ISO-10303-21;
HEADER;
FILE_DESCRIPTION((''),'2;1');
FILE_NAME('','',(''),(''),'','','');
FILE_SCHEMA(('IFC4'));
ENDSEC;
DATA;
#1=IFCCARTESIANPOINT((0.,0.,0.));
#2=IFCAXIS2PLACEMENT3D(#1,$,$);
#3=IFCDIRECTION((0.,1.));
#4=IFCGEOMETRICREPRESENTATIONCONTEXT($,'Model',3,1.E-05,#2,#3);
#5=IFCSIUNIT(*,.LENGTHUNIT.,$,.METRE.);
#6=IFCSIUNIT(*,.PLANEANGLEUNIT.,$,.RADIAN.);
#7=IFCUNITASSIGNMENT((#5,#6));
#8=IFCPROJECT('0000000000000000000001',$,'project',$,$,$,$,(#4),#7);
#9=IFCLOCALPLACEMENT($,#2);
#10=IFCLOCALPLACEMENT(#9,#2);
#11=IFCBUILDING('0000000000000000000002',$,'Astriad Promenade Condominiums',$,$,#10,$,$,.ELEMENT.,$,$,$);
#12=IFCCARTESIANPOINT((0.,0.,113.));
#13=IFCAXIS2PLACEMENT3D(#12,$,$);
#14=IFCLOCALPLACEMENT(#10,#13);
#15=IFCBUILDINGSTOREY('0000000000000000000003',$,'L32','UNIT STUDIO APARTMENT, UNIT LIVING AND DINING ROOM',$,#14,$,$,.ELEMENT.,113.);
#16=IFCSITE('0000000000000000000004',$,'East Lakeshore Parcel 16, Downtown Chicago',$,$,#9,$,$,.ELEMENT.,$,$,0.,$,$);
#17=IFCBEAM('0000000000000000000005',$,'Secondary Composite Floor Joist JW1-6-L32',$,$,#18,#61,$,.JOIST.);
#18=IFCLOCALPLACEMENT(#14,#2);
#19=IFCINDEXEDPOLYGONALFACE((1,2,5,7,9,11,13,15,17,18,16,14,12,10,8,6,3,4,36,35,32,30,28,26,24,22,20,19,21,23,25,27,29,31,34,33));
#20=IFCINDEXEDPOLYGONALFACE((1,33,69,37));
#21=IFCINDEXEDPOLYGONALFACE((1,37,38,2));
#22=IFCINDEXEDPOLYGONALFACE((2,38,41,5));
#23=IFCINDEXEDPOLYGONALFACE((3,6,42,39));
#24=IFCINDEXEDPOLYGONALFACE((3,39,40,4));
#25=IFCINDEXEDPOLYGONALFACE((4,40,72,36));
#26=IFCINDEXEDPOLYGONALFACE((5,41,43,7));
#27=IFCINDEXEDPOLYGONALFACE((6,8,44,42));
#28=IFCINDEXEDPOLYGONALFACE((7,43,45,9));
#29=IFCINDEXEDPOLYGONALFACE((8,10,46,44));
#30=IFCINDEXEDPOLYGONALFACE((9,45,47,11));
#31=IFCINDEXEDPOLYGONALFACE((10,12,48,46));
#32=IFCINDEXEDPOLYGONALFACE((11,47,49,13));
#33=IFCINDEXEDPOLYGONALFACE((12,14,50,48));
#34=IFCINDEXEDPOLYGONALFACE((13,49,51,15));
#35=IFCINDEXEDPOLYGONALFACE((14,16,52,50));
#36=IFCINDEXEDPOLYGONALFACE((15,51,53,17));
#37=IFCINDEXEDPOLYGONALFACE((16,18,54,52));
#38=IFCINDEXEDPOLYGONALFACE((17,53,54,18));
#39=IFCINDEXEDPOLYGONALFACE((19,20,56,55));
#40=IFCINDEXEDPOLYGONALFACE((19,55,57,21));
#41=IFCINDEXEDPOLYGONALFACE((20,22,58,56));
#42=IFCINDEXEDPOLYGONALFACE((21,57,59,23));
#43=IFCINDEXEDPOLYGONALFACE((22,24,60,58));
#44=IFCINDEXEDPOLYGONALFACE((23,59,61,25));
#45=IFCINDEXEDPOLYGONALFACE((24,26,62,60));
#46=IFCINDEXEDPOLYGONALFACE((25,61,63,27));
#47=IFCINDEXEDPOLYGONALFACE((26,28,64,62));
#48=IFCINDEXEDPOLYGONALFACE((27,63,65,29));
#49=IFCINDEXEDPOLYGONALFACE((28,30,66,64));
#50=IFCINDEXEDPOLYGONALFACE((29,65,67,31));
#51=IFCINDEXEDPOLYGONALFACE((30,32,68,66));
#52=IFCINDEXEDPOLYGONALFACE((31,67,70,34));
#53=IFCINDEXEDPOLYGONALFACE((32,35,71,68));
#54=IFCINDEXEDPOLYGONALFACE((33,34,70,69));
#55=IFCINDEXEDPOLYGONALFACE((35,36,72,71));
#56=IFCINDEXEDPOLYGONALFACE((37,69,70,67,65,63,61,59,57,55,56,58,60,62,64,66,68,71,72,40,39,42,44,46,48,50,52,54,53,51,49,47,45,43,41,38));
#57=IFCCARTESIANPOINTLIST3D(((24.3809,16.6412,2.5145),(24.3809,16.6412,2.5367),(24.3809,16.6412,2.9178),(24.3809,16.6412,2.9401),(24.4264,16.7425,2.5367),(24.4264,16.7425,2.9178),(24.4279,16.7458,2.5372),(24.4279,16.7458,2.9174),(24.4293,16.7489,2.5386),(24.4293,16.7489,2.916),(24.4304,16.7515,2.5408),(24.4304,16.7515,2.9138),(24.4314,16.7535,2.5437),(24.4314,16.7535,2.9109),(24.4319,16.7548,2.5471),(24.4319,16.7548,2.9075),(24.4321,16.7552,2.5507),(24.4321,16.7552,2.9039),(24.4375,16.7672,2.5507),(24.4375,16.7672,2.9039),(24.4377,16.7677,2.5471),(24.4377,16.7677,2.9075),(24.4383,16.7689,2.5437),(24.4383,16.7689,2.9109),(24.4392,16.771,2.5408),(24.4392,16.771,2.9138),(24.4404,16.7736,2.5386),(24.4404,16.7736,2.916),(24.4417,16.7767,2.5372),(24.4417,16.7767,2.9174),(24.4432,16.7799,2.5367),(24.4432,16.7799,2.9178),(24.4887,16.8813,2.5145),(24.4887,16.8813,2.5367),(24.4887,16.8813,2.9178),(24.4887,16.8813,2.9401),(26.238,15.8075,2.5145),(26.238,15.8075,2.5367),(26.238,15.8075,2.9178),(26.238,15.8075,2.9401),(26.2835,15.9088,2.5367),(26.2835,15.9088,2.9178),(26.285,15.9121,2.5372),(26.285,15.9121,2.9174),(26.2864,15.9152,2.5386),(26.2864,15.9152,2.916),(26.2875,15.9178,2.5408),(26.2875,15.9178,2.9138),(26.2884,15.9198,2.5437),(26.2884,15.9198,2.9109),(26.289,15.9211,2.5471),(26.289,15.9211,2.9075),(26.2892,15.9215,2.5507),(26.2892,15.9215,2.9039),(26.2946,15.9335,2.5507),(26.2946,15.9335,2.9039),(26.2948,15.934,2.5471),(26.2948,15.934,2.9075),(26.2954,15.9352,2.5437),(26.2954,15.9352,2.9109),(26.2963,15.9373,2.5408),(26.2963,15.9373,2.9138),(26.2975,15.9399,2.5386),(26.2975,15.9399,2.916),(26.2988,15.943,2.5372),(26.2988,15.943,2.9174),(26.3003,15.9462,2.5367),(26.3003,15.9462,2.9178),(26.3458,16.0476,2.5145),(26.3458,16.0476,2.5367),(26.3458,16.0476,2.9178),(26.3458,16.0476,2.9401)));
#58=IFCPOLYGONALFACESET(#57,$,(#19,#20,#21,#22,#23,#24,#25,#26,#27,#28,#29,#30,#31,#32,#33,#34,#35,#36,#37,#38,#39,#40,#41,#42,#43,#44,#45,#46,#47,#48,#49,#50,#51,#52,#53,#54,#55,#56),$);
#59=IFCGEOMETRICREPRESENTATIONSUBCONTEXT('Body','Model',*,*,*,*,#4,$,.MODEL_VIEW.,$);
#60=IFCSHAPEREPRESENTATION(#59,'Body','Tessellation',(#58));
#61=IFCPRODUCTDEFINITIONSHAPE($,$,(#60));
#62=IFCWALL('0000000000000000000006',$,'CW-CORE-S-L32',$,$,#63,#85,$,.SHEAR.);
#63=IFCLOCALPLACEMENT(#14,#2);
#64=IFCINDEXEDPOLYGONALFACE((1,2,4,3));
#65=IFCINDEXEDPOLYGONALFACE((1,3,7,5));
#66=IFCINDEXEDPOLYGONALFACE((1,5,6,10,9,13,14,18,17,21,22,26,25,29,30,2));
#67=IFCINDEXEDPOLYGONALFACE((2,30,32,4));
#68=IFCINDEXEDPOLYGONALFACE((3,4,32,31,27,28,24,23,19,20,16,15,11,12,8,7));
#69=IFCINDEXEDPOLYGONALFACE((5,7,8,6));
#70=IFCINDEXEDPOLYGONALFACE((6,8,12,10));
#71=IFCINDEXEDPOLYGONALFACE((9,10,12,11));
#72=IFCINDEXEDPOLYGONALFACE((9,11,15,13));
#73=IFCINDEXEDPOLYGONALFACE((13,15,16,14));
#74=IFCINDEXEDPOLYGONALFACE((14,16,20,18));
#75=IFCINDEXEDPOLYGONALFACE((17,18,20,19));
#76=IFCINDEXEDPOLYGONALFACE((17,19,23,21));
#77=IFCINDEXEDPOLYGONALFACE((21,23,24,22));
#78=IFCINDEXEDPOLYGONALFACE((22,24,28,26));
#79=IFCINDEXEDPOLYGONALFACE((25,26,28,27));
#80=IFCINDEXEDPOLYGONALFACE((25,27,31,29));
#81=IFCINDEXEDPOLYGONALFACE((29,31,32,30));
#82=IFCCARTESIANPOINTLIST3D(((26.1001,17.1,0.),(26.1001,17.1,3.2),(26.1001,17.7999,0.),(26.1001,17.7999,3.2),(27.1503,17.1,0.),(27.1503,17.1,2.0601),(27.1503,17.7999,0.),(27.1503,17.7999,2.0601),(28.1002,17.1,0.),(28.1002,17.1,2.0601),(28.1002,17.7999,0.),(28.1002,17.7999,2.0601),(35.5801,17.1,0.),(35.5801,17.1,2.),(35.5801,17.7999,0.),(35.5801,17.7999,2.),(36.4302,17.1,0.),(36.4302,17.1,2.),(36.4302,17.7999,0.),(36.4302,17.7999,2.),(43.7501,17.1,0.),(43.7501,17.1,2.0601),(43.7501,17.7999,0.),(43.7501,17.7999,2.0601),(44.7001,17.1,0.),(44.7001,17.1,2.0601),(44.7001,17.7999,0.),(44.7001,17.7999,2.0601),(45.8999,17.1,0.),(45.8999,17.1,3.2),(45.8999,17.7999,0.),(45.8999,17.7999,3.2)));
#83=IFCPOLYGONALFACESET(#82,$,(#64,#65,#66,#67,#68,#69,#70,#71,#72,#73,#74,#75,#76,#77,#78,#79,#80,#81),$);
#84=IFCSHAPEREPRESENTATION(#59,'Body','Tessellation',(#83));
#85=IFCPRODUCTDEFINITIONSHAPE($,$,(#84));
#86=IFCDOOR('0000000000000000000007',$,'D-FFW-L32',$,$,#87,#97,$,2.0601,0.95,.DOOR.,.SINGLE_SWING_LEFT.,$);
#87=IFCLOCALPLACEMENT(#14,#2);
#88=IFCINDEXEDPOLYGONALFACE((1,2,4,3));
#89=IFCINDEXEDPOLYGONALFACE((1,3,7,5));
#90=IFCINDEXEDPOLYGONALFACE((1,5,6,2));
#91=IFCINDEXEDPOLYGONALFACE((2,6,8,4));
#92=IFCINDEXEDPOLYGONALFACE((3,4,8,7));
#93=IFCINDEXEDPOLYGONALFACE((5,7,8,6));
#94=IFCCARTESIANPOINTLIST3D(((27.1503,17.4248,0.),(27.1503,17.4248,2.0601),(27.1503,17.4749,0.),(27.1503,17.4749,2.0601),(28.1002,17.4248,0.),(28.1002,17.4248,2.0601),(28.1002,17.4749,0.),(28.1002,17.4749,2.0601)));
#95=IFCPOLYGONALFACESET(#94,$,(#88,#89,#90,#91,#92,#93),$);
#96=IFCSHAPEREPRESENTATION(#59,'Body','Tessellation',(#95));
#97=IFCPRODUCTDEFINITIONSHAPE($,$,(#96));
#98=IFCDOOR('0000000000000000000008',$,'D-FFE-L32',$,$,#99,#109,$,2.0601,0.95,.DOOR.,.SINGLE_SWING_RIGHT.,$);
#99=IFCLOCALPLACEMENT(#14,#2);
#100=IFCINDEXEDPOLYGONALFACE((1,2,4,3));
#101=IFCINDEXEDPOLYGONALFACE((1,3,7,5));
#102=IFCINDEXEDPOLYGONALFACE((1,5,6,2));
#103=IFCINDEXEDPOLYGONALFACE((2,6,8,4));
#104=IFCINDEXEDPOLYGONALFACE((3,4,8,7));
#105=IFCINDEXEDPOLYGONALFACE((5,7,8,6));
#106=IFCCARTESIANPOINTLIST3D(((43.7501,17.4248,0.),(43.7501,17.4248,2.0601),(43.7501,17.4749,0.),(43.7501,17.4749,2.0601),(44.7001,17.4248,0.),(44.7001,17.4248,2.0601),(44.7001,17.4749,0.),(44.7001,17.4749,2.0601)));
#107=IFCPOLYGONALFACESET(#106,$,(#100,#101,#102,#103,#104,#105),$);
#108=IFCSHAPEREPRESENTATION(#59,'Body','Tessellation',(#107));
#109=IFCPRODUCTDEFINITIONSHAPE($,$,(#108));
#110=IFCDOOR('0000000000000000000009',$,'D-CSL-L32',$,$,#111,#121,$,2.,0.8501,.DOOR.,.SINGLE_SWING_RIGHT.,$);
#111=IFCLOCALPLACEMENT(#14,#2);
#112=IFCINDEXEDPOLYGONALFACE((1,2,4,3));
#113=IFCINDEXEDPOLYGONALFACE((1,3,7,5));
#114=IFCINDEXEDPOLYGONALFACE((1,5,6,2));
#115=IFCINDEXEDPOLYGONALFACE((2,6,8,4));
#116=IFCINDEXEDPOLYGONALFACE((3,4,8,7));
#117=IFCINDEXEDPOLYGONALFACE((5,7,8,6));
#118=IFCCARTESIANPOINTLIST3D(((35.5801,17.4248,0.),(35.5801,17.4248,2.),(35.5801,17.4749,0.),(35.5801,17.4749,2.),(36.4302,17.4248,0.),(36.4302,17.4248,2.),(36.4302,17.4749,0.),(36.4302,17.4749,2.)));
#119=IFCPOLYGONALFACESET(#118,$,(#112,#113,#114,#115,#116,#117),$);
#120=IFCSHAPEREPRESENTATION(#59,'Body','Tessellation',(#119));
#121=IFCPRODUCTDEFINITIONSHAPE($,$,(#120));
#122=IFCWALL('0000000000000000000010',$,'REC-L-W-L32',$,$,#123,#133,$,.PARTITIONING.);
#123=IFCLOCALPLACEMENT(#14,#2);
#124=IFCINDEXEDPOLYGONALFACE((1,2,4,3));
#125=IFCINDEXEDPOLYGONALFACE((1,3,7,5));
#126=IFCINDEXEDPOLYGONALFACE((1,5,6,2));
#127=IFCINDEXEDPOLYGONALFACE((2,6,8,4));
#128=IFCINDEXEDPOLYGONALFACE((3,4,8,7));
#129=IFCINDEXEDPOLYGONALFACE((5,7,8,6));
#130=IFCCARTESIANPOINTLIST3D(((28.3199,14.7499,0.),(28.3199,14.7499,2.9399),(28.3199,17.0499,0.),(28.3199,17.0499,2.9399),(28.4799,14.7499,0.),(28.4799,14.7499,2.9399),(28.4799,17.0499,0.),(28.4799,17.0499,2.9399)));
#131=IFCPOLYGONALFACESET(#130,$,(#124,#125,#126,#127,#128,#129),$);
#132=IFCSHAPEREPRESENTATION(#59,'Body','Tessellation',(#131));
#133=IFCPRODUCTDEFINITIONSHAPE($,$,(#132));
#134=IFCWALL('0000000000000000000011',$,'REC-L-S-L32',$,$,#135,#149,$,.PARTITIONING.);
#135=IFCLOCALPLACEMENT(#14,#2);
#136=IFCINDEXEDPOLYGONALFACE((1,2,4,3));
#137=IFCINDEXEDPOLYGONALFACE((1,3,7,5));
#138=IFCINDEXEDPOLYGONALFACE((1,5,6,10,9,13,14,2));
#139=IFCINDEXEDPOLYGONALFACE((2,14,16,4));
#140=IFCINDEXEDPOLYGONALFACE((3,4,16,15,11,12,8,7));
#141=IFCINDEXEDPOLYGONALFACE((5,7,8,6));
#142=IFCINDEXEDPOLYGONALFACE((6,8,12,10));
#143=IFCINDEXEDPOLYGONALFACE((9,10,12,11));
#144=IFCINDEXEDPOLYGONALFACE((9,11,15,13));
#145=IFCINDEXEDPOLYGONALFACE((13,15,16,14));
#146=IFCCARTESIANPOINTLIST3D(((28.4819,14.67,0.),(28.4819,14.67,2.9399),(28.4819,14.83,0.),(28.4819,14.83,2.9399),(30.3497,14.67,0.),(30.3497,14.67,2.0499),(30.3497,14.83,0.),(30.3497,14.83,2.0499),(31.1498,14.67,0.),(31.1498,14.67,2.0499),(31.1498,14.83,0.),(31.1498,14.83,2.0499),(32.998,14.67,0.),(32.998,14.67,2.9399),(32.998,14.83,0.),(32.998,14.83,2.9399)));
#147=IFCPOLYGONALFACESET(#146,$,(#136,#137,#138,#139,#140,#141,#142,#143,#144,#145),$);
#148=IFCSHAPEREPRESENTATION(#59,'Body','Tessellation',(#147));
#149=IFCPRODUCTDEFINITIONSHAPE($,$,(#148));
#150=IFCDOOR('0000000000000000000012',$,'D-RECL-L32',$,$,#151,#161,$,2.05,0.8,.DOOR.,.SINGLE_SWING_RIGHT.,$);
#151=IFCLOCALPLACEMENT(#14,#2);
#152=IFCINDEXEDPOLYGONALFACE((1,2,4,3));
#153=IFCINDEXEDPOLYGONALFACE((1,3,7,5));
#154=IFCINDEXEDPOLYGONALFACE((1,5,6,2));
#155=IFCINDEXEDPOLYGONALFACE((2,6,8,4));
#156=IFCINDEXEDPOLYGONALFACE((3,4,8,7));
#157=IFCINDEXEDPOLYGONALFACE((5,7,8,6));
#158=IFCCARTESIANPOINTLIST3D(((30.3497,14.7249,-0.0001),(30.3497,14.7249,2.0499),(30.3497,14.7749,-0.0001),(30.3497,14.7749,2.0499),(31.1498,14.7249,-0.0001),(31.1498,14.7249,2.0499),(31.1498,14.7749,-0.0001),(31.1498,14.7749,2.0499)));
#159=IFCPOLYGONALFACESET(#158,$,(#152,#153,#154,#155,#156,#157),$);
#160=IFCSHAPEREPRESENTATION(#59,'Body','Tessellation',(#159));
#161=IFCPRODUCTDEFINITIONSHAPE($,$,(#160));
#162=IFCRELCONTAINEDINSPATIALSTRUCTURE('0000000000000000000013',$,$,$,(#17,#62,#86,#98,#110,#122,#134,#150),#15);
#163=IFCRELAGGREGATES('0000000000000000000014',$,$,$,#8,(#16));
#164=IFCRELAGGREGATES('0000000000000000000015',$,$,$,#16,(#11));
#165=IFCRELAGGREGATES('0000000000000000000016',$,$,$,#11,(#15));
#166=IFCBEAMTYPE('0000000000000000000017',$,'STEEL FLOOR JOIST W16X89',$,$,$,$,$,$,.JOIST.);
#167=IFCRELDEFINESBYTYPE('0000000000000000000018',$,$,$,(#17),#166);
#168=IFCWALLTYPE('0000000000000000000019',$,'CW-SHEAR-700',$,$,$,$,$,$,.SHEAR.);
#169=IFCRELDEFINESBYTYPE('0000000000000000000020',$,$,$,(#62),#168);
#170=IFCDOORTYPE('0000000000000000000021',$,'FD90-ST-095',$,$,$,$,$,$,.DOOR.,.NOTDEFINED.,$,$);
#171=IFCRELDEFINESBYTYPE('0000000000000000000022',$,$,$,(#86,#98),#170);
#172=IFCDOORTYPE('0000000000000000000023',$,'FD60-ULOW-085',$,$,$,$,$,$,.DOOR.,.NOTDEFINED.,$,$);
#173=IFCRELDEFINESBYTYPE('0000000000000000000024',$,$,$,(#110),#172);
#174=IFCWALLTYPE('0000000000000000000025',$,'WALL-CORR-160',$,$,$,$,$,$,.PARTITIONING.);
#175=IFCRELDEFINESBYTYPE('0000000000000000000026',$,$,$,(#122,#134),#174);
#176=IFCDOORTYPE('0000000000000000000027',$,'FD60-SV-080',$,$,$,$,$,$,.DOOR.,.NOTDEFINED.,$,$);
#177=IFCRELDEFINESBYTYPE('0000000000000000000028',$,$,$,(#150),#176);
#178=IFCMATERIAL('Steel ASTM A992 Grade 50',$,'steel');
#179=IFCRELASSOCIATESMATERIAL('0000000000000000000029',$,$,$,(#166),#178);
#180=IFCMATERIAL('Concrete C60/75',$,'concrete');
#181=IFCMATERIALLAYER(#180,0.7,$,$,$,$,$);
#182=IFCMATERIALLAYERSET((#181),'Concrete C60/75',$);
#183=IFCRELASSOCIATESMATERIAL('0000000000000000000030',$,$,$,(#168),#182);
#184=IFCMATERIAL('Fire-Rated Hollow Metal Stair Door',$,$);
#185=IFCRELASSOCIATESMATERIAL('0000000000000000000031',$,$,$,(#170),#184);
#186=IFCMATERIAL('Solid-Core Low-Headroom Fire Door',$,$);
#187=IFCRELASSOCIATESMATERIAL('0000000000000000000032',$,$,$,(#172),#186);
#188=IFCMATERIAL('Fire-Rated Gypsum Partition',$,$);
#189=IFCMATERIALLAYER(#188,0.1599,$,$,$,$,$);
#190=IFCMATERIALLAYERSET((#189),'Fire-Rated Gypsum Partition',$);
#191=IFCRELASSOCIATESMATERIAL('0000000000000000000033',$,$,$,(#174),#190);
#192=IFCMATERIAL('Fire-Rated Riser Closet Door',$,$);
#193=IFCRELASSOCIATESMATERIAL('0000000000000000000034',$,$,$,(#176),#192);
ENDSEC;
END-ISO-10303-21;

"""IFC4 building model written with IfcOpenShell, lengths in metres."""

from ifc_helpers import new_model, si_unit, direction, frame, frame_2d, origin, origin_2d, place, context, subcontext, project, spatial, rectangle, i_section, extrude, source, transform, mapped, material, layer, layer_set, material_profile, profile_set, type_object, type_shapes, element, fill, save


model = new_model("IFC4")

# Units and contexts
model_context = context("Model", 3, precision=1e-05, world=origin(), true_north=direction((0.0, 1.0)))
body_context = subcontext(model_context, "Body", "Model", "MODEL_VIEW")
ifc_project = project(units=[si_unit("LENGTHUNIT", "METRE"), si_unit("PLANEANGLEUNIT", "RADIAN")], contexts=[model_context])

# Site, building, storey
site_placement = place(None, origin())
site = spatial("IfcSite", under=ifc_project, at=site_placement, Name="East Lakeshore Parcel 16, Downtown Chicago", CompositionType="ELEMENT", RefElevation=0.0)
building_placement = place(site_placement, origin())
building = spatial("IfcBuilding", under=site, at=building_placement, Name="Astriad Promenade Condominiums", CompositionType="ELEMENT")
storey_placement = place(building_placement, frame((0.0, 0.0, 113.0)))
storey = spatial("IfcBuildingStorey", under=building, at=storey_placement, Name="L32", Description="UNIT STUDIO APARTMENT, UNIT LIVING AND DINING ROOM", CompositionType="ELEMENT", Elevation=113.0)

# Shared definitions
ifc_material_1 = material(Name="Steel ASTM A992 Grade 50", Category="steel")
ifc_material_2 = material(Name="Concrete C60/75", Category="concrete")

# Beam
ifc_material_profile_1 = material_profile(ifc_material_1, i_section(OverallWidth=0.2632, OverallDepth=0.4255, WebThickness=0.0132, FlangeThickness=0.0222, FilletRadius=0.0139, at=origin_2d()), Name="W16X89")
ifc_profile_set_1 = profile_set([ifc_material_profile_1], Name="Steel ASTM A992 Grade 50")
beam_type_1 = type_object("IfcBeamType", Name="STEEL FLOOR JOIST W16X89", PredefinedType="JOIST", material=ifc_profile_set_1)
shared_shape_1 = source(origin(), body_context, "Body", "SweptSolid", [
    extrude(i_section(OverallWidth=0.2632, OverallDepth=0.4255, WebThickness=0.0132, FlangeThickness=0.0222, FilletRadius=0.0139, at=origin_2d()), origin(), (0.0, 0.0, 1.0), 2.0356),
])
beam_1_placement = place(storey_placement, frame((24.4348, 16.7612, 2.7273), z_axis=(0.912287, -0.409552, 0.0), x_axis=(0.409552, 0.912287, 0.0)))
element("IfcBeam", 1, at=beam_1_placement, inside=storey, type_object=beam_type_1, Name="Secondary Composite Floor Joist JW1-6-L32", PredefinedType="JOIST", context=body_context, shape_type="MappedRepresentation", body=[
    mapped(shared_shape_1, transform((0.0, 0.0, 0.0), scale=1.0)),
])

# Wall, openings, doors
ifc_layer_1 = layer(ifc_material_2, 0.7)
ifc_layer_set_1 = layer_set([ifc_layer_1], Name="Concrete C60/75")
wall_type_1 = type_object("IfcWallType", Name="CW-SHEAR-700", PredefinedType="SHEAR", material=ifc_layer_set_1)
wall_1_placement = place(storey_placement, frame((26.1001, 17.45, 0.0), z_axis=(0.0, 0.0, 1.0), x_axis=(1.0, 0.0, 0.0)))
wall_1 = element("IfcWall", 2, at=wall_1_placement, inside=storey, type_object=wall_type_1, Name="CW-CORE-S-L32", PredefinedType="SHEAR", context=body_context, shape_type="SweptSolid", body=[
    extrude(rectangle(XDim=19.7998, YDim=0.7, at=frame_2d((9.8999, 0.0))), origin(), (0.0, 0.0, 1.0), 3.2),
])
opening_1_placement = place(wall_1_placement, frame((1.05, 0.0, 0.0)))
opening_1 = element("IfcOpeningElement", 3, at=opening_1_placement, cuts=wall_1, PredefinedType="OPENING", context=body_context, shape_type="SweptSolid", body=[
    extrude(rectangle(XDim=0.95, YDim=2.0601, at=frame_2d((0.4751, 1.03))), frame((0.0, 0.3599, 0.0), z_axis=(0.0, -1.0, 0.0), x_axis=(1.0, 0.0, 0.0)), (0.0, 0.0, 1.0), 0.72),
])
opening_2_placement = place(wall_1_placement, frame((9.48, 0.0, 0.0)))
opening_2 = element("IfcOpeningElement", 4, at=opening_2_placement, cuts=wall_1, PredefinedType="OPENING", context=body_context, shape_type="SweptSolid", body=[
    extrude(rectangle(XDim=0.8501, YDim=2.0, at=frame_2d((0.425, 1.0))), frame((0.0, 0.3599, 0.0), z_axis=(0.0, -1.0, 0.0), x_axis=(1.0, 0.0, 0.0)), (0.0, 0.0, 1.0), 0.72),
])
opening_3_placement = place(wall_1_placement, frame((17.6499, 0.0, 0.0)))
opening_3 = element("IfcOpeningElement", 5, at=opening_3_placement, cuts=wall_1, PredefinedType="OPENING", context=body_context, shape_type="SweptSolid", body=[
    extrude(rectangle(XDim=0.95, YDim=2.0601, at=frame_2d((0.4751, 1.03))), frame((0.0, 0.3599, 0.0), z_axis=(0.0, -1.0, 0.0), x_axis=(1.0, 0.0, 0.0)), (0.0, 0.0, 1.0), 0.72),
])
ifc_material_3 = material(Name="Fire-Rated Hollow Metal Stair Door")
door_type_1 = type_object("IfcDoorType", Name="FD90-ST-095", OperationType="NOTDEFINED", PredefinedType="DOOR", material=ifc_material_3)
shared_shape_2 = source(origin(), body_context, "Body", "SweptSolid", [
    extrude(rectangle(XDim=0.95, YDim=2.0601, at=frame_2d((0.4751, 1.03))), frame((0.0, 0.0249, 0.0), z_axis=(0.0, -1.0, 0.0), x_axis=(1.0, 0.0, 0.0)), (0.0, 0.0, 1.0), 0.05),
])
type_shapes(door_type_1, [shared_shape_2])
door_1_placement = place(opening_1_placement, origin())
door_1 = element("IfcDoor", 6, at=door_1_placement, inside=storey, type_object=door_type_1, Name="D-FFW-L32", OperationType="SINGLE_SWING_LEFT", OverallHeight=2.0601, OverallWidth=0.95, PredefinedType="DOOR", context=body_context, shape_type="MappedRepresentation", body=[
    mapped(shared_shape_2, transform((0.0, 0.0, 0.0), scale=1.0)),
])
fill(opening_1, door_1)
door_2_placement = place(opening_3_placement, origin())
door_2 = element("IfcDoor", 7, at=door_2_placement, inside=storey, type_object=door_type_1, Name="D-FFE-L32", OperationType="SINGLE_SWING_RIGHT", OverallHeight=2.0601, OverallWidth=0.95, PredefinedType="DOOR", context=body_context, shape_type="MappedRepresentation", body=[
    mapped(shared_shape_2, transform((0.0, 0.0, 0.0), scale=1.0)),
])
fill(opening_3, door_2)
ifc_material_4 = material(Name="Solid-Core Low-Headroom Fire Door")
door_type_2 = type_object("IfcDoorType", Name="FD60-ULOW-085", OperationType="NOTDEFINED", PredefinedType="DOOR", material=ifc_material_4)
shared_shape_3 = source(origin(), body_context, "Body", "SweptSolid", [
    extrude(rectangle(XDim=0.8501, YDim=2.0, at=frame_2d((0.425, 1.0))), frame((0.0, 0.0249, 0.0), z_axis=(0.0, -1.0, 0.0), x_axis=(1.0, 0.0, 0.0)), (0.0, 0.0, 1.0), 0.05),
])
type_shapes(door_type_2, [shared_shape_3])
door_3_placement = place(opening_2_placement, origin())
door_3 = element("IfcDoor", 8, at=door_3_placement, inside=storey, type_object=door_type_2, Name="D-CSL-L32", OperationType="SINGLE_SWING_RIGHT", OverallHeight=2.0, OverallWidth=0.8501, PredefinedType="DOOR", context=body_context, shape_type="MappedRepresentation", body=[
    mapped(shared_shape_3, transform((0.0, 0.0, 0.0), scale=1.0)),
])
fill(opening_2, door_3)

# Wall
ifc_material_5 = material(Name="Fire-Rated Gypsum Partition")
ifc_layer_2 = layer(ifc_material_5, 0.1599)
ifc_layer_set_2 = layer_set([ifc_layer_2], Name="Fire-Rated Gypsum Partition")
wall_type_2 = type_object("IfcWallType", Name="WALL-CORR-160", PredefinedType="PARTITIONING", material=ifc_layer_set_2)
wall_2_placement = place(storey_placement, frame((28.3999, 14.75, 0.0), z_axis=(0.0, 0.0, 1.0), x_axis=(0.0, 1.0, 0.0)))
element("IfcWall", 9, at=wall_2_placement, inside=storey, type_object=wall_type_2, Name="REC-L-W-L32", PredefinedType="PARTITIONING", context=body_context, shape_type="SweptSolid", body=[
    extrude(rectangle(XDim=2.3, YDim=0.1599, at=frame_2d((1.1499, 0.0))), origin(), (0.0, 0.0, 1.0), 2.9399),
])

# Wall, opening, door
wall_3_placement = place(storey_placement, frame((28.4819, 14.75, 0.0), z_axis=(0.0, 0.0, 1.0), x_axis=(1.0, 0.0, 0.0)))
wall_3 = element("IfcWall", 10, at=wall_3_placement, inside=storey, type_object=wall_type_2, Name="REC-L-S-L32", PredefinedType="PARTITIONING", context=body_context, shape_type="SweptSolid", body=[
    extrude(rectangle(XDim=4.5161, YDim=0.1599, at=frame_2d((2.2581, 0.0))), origin(), (0.0, 0.0, 1.0), 2.9399),
])
opening_4_placement = place(wall_3_placement, frame((1.8679, 0.0, 0.0)))
opening_4 = element("IfcOpeningElement", 11, at=opening_4_placement, cuts=wall_3, PredefinedType="OPENING", context=body_context, shape_type="SweptSolid", body=[
    extrude(rectangle(XDim=0.8, YDim=2.05, at=frame_2d((0.3999, 1.0249))), frame((0.0, 0.0898, 0.0), z_axis=(0.0, -1.0, 0.0), x_axis=(1.0, 0.0, 0.0)), (0.0, 0.0, 1.0), 0.1799),
])
ifc_material_6 = material(Name="Fire-Rated Riser Closet Door")
door_type_3 = type_object("IfcDoorType", Name="FD60-SV-080", OperationType="NOTDEFINED", PredefinedType="DOOR", material=ifc_material_6)
shared_shape_4 = source(origin(), body_context, "Body", "SweptSolid", [
    extrude(rectangle(XDim=0.8, YDim=2.05, at=frame_2d((0.3999, 1.0249))), frame((0.0, 0.0249, 0.0), z_axis=(0.0, -1.0, 0.0), x_axis=(1.0, 0.0, 0.0)), (0.0, 0.0, 1.0), 0.05),
])
type_shapes(door_type_3, [shared_shape_4])
door_4_placement = place(opening_4_placement, origin())
door_4 = element("IfcDoor", 12, at=door_4_placement, inside=storey, type_object=door_type_3, Name="D-RECL-L32", OperationType="SINGLE_SWING_RIGHT", OverallHeight=2.05, OverallWidth=0.8, PredefinedType="DOOR", context=body_context, shape_type="MappedRepresentation", body=[
    mapped(shared_shape_4, transform((0.0, 0.0, 0.0), scale=1.0)),
])
fill(opening_4, door_4)

save(model, "model.ifc")
